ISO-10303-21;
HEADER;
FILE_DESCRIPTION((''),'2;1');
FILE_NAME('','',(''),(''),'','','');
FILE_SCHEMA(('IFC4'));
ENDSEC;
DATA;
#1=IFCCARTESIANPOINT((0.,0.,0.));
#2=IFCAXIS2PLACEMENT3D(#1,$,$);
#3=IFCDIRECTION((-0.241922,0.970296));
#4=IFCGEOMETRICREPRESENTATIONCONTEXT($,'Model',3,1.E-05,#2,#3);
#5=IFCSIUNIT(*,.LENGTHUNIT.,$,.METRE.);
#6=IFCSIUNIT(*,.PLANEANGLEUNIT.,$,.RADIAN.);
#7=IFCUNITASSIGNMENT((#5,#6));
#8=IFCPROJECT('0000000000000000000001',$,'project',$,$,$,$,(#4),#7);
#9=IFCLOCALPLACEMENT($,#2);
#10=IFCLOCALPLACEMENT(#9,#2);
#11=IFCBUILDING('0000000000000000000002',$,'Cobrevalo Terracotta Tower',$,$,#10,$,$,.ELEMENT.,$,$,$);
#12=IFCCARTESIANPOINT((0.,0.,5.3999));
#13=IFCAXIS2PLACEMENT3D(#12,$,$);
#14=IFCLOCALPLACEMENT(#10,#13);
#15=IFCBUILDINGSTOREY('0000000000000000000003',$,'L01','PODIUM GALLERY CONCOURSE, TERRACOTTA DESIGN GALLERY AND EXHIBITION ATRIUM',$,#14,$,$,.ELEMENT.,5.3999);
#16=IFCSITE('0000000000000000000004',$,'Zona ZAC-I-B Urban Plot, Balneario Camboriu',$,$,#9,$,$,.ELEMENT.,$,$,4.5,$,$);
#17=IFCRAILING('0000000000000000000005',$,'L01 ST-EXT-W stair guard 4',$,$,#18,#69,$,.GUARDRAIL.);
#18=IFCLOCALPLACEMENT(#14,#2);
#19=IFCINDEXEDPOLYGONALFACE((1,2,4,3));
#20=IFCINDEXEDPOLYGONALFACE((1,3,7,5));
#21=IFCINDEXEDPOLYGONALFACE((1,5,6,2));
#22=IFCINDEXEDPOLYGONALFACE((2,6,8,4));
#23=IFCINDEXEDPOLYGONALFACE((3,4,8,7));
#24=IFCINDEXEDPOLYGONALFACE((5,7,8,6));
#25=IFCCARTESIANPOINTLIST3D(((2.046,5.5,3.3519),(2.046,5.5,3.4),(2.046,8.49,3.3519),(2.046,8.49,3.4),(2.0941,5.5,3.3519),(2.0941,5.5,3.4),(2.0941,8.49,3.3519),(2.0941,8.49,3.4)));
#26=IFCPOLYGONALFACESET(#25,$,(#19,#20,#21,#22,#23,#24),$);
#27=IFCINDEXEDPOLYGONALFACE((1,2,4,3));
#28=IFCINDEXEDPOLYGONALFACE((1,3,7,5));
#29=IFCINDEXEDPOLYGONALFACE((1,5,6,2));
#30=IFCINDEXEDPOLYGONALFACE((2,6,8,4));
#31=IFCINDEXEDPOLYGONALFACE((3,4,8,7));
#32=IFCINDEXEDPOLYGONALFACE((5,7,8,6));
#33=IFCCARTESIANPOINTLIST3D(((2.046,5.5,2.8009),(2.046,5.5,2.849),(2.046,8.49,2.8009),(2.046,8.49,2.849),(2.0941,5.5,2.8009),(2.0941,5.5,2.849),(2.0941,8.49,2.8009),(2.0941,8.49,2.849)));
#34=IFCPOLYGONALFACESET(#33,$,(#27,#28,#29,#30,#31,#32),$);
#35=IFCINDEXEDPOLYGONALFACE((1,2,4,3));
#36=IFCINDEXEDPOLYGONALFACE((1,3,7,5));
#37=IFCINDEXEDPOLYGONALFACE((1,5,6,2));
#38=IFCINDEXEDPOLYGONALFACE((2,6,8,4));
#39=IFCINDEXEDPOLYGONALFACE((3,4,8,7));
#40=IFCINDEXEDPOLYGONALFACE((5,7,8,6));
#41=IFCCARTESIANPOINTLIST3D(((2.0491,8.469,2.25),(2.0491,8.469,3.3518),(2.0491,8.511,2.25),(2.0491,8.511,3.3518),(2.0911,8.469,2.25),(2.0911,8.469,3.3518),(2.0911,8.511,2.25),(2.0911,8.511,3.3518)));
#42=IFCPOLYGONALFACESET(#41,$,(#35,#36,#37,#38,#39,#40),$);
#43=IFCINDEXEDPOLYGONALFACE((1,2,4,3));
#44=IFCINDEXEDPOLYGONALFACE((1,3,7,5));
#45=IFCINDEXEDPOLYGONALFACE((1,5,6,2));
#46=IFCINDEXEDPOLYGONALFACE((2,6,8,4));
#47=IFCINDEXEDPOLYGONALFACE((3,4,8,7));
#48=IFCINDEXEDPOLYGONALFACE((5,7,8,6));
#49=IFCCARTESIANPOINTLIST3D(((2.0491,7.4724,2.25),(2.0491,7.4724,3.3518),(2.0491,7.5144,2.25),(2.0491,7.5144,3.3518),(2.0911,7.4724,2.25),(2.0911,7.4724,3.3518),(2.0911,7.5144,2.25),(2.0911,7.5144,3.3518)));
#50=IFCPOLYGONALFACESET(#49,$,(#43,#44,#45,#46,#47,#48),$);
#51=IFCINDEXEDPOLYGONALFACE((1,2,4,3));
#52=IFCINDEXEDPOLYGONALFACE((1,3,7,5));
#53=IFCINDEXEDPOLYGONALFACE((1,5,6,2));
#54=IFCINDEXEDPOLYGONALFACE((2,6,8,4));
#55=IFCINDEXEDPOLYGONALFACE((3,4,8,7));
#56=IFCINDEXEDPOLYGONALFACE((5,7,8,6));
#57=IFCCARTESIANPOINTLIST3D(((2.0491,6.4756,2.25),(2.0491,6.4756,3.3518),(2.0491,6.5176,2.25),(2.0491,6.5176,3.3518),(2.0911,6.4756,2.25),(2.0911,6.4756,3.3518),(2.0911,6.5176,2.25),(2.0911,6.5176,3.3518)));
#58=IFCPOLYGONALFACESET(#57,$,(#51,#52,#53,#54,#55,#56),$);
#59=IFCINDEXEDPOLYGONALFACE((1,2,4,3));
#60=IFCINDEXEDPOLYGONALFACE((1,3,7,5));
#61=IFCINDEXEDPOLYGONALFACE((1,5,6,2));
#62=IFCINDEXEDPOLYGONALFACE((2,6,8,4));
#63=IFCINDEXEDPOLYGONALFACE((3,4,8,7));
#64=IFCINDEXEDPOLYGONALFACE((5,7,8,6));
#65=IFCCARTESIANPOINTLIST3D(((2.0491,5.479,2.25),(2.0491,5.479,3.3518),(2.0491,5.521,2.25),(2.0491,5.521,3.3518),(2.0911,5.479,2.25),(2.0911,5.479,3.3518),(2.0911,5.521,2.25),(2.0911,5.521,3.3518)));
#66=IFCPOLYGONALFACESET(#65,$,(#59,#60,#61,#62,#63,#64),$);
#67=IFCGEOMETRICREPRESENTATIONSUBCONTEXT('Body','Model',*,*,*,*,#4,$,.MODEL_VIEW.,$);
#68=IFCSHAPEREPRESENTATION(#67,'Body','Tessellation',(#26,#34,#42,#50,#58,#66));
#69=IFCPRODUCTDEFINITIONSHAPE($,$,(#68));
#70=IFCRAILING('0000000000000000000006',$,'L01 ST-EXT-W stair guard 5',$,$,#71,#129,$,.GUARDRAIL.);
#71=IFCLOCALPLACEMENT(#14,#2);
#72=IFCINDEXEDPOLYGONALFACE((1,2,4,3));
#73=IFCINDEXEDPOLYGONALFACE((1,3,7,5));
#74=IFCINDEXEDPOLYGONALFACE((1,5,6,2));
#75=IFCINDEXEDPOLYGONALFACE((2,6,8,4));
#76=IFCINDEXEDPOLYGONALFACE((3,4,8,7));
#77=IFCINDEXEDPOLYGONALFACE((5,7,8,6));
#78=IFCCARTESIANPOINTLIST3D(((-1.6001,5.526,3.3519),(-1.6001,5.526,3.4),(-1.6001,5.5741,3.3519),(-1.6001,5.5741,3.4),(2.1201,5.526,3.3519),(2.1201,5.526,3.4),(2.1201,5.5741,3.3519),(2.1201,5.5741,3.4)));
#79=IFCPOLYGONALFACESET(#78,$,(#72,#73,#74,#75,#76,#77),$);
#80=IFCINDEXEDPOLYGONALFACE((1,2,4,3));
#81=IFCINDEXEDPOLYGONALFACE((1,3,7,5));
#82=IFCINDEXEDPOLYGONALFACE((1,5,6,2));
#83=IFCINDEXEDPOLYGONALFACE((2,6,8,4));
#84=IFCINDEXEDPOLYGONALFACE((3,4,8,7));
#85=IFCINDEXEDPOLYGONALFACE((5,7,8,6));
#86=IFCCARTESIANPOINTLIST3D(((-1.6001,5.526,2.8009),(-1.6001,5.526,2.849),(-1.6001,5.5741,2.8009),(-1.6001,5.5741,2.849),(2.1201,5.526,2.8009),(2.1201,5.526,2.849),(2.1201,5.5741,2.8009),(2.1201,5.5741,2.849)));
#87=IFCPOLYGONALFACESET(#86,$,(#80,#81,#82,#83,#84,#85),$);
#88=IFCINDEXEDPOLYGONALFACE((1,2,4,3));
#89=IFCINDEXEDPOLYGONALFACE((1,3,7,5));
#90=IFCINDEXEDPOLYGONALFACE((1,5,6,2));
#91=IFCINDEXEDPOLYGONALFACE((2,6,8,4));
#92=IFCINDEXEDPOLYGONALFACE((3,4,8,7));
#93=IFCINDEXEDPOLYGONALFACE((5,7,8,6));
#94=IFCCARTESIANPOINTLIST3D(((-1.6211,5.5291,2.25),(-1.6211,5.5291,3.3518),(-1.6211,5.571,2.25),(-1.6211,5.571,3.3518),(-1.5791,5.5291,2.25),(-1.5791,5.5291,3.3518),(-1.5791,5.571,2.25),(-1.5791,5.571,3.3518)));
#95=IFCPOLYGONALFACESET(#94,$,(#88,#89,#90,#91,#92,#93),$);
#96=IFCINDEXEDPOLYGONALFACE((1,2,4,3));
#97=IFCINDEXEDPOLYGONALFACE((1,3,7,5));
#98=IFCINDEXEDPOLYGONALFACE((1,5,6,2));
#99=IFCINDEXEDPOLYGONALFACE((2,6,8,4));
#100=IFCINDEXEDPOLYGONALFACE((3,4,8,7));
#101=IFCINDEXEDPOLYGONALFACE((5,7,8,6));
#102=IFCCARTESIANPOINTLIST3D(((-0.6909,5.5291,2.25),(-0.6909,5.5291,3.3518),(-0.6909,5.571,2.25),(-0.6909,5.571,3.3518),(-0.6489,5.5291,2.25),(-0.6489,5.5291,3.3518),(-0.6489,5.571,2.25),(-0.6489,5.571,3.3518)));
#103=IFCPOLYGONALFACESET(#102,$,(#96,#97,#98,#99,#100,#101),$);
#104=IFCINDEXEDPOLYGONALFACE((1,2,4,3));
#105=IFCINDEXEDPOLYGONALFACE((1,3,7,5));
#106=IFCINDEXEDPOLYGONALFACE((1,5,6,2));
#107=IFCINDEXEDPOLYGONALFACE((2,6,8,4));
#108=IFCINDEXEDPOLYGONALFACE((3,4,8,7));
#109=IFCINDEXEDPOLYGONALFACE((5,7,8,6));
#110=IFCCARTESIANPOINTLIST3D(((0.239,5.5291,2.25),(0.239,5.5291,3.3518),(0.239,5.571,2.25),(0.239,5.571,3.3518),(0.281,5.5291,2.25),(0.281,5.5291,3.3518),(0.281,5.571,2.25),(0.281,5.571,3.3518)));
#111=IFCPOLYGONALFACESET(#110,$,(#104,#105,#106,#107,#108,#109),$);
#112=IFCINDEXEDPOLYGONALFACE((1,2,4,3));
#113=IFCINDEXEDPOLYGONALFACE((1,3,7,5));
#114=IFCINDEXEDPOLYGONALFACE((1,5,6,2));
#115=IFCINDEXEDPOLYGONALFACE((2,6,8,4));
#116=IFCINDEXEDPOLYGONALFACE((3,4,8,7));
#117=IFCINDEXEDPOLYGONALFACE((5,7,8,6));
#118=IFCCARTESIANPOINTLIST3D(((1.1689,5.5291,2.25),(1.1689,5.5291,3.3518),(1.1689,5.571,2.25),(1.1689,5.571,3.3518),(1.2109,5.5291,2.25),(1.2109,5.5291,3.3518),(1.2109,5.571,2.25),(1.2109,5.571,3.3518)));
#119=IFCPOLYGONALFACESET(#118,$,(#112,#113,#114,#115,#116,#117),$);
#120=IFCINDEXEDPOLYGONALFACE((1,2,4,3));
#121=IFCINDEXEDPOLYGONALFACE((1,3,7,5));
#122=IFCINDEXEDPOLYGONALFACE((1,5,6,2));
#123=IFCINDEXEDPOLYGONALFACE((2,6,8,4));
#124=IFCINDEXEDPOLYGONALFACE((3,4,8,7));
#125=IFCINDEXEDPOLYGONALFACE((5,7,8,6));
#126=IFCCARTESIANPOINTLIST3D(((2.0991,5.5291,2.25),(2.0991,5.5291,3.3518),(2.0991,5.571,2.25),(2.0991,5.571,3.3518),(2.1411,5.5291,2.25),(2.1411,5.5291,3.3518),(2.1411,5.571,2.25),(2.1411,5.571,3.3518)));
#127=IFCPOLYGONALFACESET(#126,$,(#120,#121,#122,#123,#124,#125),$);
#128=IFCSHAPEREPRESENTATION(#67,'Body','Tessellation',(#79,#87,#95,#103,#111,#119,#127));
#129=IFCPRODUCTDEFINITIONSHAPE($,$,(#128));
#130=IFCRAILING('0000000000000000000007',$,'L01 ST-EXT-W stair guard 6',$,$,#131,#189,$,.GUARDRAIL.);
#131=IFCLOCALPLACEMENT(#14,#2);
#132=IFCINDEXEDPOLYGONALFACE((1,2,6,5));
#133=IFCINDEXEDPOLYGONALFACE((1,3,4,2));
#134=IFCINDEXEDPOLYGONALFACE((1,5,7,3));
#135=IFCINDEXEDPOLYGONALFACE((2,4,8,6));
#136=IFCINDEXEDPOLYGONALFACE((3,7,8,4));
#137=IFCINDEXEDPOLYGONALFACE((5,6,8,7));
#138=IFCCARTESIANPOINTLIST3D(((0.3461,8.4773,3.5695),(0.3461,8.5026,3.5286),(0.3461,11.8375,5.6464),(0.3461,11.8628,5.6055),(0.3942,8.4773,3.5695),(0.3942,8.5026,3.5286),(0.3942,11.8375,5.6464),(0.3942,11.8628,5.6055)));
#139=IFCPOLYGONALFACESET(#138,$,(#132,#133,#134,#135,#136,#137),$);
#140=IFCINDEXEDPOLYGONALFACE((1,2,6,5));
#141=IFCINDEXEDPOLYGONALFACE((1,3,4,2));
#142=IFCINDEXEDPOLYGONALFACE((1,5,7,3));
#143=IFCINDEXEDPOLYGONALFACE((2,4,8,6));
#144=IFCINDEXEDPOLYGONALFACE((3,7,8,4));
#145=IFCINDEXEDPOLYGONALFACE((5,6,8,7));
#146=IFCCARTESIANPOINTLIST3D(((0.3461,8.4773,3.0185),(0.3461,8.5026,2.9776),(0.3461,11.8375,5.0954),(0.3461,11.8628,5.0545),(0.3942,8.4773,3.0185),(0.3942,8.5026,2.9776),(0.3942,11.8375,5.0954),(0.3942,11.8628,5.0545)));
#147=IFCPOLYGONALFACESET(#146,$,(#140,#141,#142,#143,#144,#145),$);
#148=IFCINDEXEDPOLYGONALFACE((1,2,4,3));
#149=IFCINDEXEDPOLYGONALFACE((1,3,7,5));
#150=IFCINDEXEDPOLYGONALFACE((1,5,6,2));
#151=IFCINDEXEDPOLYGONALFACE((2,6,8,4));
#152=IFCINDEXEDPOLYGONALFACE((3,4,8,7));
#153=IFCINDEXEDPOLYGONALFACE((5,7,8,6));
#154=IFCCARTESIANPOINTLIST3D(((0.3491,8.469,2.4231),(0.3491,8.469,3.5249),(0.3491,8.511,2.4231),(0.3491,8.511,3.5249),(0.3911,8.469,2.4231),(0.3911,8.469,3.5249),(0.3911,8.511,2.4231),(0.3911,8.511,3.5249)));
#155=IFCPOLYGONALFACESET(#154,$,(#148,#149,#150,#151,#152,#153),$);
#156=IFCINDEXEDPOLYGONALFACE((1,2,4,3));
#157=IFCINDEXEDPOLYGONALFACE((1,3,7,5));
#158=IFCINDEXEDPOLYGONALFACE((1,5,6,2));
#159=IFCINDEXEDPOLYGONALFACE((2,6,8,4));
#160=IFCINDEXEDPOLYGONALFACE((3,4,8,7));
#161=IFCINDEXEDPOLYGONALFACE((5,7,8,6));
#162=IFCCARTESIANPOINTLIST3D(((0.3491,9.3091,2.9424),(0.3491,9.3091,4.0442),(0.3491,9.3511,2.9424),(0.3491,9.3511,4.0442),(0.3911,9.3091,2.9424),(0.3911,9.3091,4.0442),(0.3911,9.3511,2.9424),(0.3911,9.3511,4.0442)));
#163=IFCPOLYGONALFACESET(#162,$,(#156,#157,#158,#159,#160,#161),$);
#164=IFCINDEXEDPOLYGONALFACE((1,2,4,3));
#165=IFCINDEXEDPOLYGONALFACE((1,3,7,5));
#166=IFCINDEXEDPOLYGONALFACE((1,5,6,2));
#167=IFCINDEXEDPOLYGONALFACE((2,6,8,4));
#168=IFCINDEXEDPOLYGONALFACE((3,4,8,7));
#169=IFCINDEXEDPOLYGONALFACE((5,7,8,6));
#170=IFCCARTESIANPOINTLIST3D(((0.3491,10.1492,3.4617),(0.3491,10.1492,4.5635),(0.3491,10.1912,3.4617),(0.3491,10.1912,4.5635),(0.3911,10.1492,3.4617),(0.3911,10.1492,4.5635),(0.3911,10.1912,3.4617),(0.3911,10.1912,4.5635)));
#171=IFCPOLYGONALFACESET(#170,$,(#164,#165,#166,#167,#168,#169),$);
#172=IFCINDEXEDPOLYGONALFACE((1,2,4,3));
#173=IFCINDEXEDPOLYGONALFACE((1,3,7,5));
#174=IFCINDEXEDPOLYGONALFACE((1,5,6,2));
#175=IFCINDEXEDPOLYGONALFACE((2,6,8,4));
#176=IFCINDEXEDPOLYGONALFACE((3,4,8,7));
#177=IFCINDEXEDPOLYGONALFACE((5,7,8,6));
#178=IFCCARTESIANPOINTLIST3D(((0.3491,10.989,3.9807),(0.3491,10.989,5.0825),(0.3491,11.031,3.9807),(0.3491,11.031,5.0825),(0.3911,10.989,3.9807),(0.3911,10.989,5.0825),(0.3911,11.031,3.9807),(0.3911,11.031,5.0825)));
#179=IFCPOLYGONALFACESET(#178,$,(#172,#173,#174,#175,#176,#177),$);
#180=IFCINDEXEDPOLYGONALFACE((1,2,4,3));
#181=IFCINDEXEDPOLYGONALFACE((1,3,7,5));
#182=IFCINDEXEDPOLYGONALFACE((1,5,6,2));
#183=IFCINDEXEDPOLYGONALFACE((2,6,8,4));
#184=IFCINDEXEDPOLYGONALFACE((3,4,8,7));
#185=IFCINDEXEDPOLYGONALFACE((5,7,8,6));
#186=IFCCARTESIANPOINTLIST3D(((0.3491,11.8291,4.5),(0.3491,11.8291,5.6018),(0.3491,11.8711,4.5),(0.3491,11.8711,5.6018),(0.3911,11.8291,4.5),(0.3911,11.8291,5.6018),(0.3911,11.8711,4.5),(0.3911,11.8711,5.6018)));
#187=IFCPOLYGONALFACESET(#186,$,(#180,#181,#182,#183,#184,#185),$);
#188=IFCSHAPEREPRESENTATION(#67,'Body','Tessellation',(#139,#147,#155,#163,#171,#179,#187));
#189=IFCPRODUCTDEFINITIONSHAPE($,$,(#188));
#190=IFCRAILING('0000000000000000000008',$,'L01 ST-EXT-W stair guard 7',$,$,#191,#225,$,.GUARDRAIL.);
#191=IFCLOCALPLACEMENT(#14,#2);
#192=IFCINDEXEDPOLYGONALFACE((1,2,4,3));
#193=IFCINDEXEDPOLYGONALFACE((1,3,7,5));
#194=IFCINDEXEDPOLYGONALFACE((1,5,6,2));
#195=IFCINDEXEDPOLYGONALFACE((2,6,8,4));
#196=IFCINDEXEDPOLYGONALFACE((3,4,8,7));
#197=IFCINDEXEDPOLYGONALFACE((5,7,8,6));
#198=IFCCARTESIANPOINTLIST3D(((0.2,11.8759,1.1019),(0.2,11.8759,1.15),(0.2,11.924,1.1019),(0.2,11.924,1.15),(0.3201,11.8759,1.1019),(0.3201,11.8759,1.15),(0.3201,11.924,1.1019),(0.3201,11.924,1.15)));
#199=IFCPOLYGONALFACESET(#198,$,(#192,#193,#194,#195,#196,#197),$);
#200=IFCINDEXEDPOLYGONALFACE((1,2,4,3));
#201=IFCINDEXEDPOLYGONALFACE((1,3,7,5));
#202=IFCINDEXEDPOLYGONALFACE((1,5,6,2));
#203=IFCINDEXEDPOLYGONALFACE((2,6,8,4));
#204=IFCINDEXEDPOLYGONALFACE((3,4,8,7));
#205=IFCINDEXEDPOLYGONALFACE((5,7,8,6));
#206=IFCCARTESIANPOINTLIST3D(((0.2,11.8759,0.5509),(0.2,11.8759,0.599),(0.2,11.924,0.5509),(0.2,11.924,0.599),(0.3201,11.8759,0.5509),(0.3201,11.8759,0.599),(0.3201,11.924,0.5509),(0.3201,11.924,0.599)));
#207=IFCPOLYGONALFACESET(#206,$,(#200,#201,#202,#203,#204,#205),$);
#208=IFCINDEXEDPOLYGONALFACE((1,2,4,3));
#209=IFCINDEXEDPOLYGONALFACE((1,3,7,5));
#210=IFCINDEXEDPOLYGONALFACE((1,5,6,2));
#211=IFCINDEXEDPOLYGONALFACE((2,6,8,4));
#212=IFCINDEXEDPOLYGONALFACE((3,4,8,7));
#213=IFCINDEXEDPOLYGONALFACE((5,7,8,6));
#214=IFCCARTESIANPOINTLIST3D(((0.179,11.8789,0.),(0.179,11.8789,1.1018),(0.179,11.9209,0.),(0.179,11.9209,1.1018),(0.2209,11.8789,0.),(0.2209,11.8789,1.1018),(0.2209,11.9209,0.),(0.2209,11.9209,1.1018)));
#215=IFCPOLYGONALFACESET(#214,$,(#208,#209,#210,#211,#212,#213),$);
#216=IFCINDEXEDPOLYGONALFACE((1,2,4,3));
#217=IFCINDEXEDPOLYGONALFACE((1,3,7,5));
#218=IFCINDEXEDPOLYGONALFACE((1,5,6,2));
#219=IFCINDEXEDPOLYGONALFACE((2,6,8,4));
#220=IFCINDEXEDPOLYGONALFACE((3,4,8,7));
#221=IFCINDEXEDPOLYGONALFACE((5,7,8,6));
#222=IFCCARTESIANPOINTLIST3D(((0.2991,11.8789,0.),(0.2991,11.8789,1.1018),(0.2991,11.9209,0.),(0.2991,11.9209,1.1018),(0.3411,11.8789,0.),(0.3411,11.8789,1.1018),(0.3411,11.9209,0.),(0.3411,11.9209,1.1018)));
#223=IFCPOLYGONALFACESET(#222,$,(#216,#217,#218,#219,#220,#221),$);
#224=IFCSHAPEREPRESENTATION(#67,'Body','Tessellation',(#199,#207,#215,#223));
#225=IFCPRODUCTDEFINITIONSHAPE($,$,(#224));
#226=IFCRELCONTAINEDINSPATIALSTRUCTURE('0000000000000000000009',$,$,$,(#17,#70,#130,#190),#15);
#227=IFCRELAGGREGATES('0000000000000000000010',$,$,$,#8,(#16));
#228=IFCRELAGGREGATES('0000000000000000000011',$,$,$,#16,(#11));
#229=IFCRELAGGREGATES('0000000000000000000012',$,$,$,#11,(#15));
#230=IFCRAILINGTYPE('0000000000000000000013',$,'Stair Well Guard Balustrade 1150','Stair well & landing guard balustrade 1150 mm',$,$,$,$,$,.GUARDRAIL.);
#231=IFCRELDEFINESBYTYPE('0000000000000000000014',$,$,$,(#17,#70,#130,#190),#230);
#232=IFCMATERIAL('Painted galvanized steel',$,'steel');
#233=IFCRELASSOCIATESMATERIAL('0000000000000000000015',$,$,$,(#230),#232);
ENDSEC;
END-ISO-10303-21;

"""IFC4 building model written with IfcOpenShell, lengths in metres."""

from ifc_helpers import new_model, si_unit, direction, frame, origin, origin_2d, place, context, subcontext, project, spatial, rectangle, extrude, material, type_object, element, save


model = new_model("IFC4")

# Units and contexts
model_context = context("Model", 3, precision=1e-05, world=origin(), true_north=direction((-0.241922, 0.970296)))
body_context = subcontext(model_context, "Body", "Model", "MODEL_VIEW")
ifc_project = project(units=[si_unit("LENGTHUNIT", "METRE"), si_unit("PLANEANGLEUNIT", "RADIAN")], contexts=[model_context])

# Site, building, storey
site_placement = place(None, origin())
site = spatial("IfcSite", under=ifc_project, at=site_placement, Name="Zona ZAC-I-B Urban Plot, Balneario Camboriu", CompositionType="ELEMENT", RefElevation=4.5)
building_placement = place(site_placement, origin())
building = spatial("IfcBuilding", under=site, at=building_placement, Name="Cobrevalo Terracotta Tower", CompositionType="ELEMENT")
storey_placement = place(building_placement, frame((0.0, 0.0, 5.3999)))
storey = spatial("IfcBuildingStorey", under=building, at=storey_placement, Name="L01", Description="PODIUM GALLERY CONCOURSE, TERRACOTTA DESIGN GALLERY AND EXHIBITION ATRIUM", CompositionType="ELEMENT", Elevation=5.3999)

# Railings
ifc_material_1 = material(Name="Painted galvanized steel", Category="steel")
railing_type_1 = type_object("IfcRailingType", Name="Stair Well Guard Balustrade 1150", Description="Stair well & landing guard balustrade 1150 mm", PredefinedType="GUARDRAIL", material=ifc_material_1)
for number, where, name in (
    (1, (2.0701, 8.49, 2.25), "L01 ST-EXT-W stair guard 4"),
):
    element("IfcRailing", number, at=place(storey_placement, frame(where)), inside=storey, type_object=railing_type_1, Name=name, PredefinedType="GUARDRAIL", context=body_context, shape_type="SweptSolid", body=[
        extrude(rectangle(XDim=0.0481, YDim=0.0481, at=origin_2d()), frame((0.0, 0.0, 1.126), z_axis=(0.0, -1.0, 0.0), x_axis=(1.0, 0.0, 0.0)), (0.0, 0.0, 1.0), 2.99),
        extrude(rectangle(XDim=0.0481, YDim=0.0481, at=origin_2d()), frame((0.0, 0.0, 0.575), z_axis=(0.0, -1.0, 0.0), x_axis=(1.0, 0.0, 0.0)), (0.0, 0.0, 1.0), 2.99),
        extrude(rectangle(XDim=0.042, YDim=0.042, at=origin_2d()), origin(), (0.0, 0.0, 1.0), 1.1018),
        extrude(rectangle(XDim=0.042, YDim=0.042, at=origin_2d()), frame((0.0, -0.9966, 0.0)), (0.0, 0.0, 1.0), 1.1018),
        extrude(rectangle(XDim=0.042, YDim=0.042, at=origin_2d()), frame((0.0, -1.9934, 0.0)), (0.0, 0.0, 1.0), 1.1018),
        extrude(rectangle(XDim=0.042, YDim=0.042, at=origin_2d()), frame((0.0, -2.99, 0.0)), (0.0, 0.0, 1.0), 1.1018),
    ])
railing_1_placement = place(storey_placement, frame((-1.6001, 5.55, 2.25)))
element("IfcRailing", 2, at=railing_1_placement, inside=storey, type_object=railing_type_1, Name="L01 ST-EXT-W stair guard 5", PredefinedType="GUARDRAIL", context=body_context, shape_type="SweptSolid", body=[
    extrude(rectangle(XDim=0.0481, YDim=0.0481, at=origin_2d()), frame((0.0, 0.0, 1.126), z_axis=(1.0, 0.0, 0.0), x_axis=(0.0, 1.0, 0.0)), (0.0, 0.0, 1.0), 3.7202),
    extrude(rectangle(XDim=0.0481, YDim=0.0481, at=origin_2d()), frame((0.0, 0.0, 0.575), z_axis=(1.0, 0.0, 0.0), x_axis=(0.0, 1.0, 0.0)), (0.0, 0.0, 1.0), 3.7202),
    extrude(rectangle(XDim=0.042, YDim=0.042, at=origin_2d()), origin(), (0.0, 0.0, 1.0), 1.1018),
    extrude(rectangle(XDim=0.042, YDim=0.042, at=origin_2d()), frame((0.9302, 0.0, 0.0)), (0.0, 0.0, 1.0), 1.1018),
    extrude(rectangle(XDim=0.042, YDim=0.042, at=origin_2d()), frame((1.8601, 0.0, 0.0)), (0.0, 0.0, 1.0), 1.1018),
    extrude(rectangle(XDim=0.042, YDim=0.042, at=origin_2d()), frame((2.79, 0.0, 0.0)), (0.0, 0.0, 1.0), 1.1018),
    extrude(rectangle(XDim=0.042, YDim=0.042, at=origin_2d()), frame((3.7202, 0.0, 0.0)), (0.0, 0.0, 1.0), 1.1018),
])
railing_2_placement = place(storey_placement, frame((0.3701, 8.49, 2.4231)))
element("IfcRailing", 3, at=railing_2_placement, inside=storey, type_object=railing_type_1, Name="L01 ST-EXT-W stair guard 6", PredefinedType="GUARDRAIL", context=body_context, shape_type="SweptSolid", body=[
    extrude(rectangle(XDim=0.0481, YDim=0.0481, at=origin_2d()), frame((0.0, 0.0, 1.126), z_axis=(0.0, 0.850623, 0.525776), x_axis=(-1.0, 0.0, 0.0)), (0.0, 0.0, 1.0), 3.9502),
    extrude(rectangle(XDim=0.0481, YDim=0.0481, at=origin_2d()), frame((0.0, 0.0, 0.575), z_axis=(0.0, 0.850623, 0.525776), x_axis=(-1.0, 0.0, 0.0)), (0.0, 0.0, 1.0), 3.9502),
    extrude(rectangle(XDim=0.042, YDim=0.042, at=origin_2d()), origin(), (0.0, 0.0, 1.0), 1.1018),
    extrude(rectangle(XDim=0.042, YDim=0.042, at=origin_2d()), frame((0.0, 0.8401, 0.5193)), (0.0, 0.0, 1.0), 1.1018),
    extrude(rectangle(XDim=0.042, YDim=0.042, at=origin_2d()), frame((0.0, 1.6802, 1.0386)), (0.0, 0.0, 1.0), 1.1018),
    extrude(rectangle(XDim=0.042, YDim=0.042, at=origin_2d()), frame((0.0, 2.52, 1.5576)), (0.0, 0.0, 1.0), 1.1018),
    extrude(rectangle(XDim=0.042, YDim=0.042, at=origin_2d()), frame((0.0, 3.3601, 2.0769)), (0.0, 0.0, 1.0), 1.1018),
])
railing_3_placement = place(storey_placement, frame((0.2, 11.8999, 0.0)))
element("IfcRailing", 4, at=railing_3_placement, inside=storey, type_object=railing_type_1, Name="L01 ST-EXT-W stair guard 7", PredefinedType="GUARDRAIL", context=body_context, shape_type="SweptSolid", body=[
    extrude(rectangle(XDim=0.0481, YDim=0.0481, at=origin_2d()), frame((0.0, 0.0, 1.126), z_axis=(1.0, 0.0, 0.0), x_axis=(0.0, 1.0, 0.0)), (0.0, 0.0, 1.0), 0.1201),
    extrude(rectangle(XDim=0.0481, YDim=0.0481, at=origin_2d()), frame((0.0, 0.0, 0.575), z_axis=(1.0, 0.0, 0.0), x_axis=(0.0, 1.0, 0.0)), (0.0, 0.0, 1.0), 0.1201),
    extrude(rectangle(XDim=0.042, YDim=0.042, at=origin_2d()), origin(), (0.0, 0.0, 1.0), 1.1018),
    extrude(rectangle(XDim=0.042, YDim=0.042, at=origin_2d()), frame((0.1201, 0.0, 0.0)), (0.0, 0.0, 1.0), 1.1018),
])

save(model, "model.ifc")
